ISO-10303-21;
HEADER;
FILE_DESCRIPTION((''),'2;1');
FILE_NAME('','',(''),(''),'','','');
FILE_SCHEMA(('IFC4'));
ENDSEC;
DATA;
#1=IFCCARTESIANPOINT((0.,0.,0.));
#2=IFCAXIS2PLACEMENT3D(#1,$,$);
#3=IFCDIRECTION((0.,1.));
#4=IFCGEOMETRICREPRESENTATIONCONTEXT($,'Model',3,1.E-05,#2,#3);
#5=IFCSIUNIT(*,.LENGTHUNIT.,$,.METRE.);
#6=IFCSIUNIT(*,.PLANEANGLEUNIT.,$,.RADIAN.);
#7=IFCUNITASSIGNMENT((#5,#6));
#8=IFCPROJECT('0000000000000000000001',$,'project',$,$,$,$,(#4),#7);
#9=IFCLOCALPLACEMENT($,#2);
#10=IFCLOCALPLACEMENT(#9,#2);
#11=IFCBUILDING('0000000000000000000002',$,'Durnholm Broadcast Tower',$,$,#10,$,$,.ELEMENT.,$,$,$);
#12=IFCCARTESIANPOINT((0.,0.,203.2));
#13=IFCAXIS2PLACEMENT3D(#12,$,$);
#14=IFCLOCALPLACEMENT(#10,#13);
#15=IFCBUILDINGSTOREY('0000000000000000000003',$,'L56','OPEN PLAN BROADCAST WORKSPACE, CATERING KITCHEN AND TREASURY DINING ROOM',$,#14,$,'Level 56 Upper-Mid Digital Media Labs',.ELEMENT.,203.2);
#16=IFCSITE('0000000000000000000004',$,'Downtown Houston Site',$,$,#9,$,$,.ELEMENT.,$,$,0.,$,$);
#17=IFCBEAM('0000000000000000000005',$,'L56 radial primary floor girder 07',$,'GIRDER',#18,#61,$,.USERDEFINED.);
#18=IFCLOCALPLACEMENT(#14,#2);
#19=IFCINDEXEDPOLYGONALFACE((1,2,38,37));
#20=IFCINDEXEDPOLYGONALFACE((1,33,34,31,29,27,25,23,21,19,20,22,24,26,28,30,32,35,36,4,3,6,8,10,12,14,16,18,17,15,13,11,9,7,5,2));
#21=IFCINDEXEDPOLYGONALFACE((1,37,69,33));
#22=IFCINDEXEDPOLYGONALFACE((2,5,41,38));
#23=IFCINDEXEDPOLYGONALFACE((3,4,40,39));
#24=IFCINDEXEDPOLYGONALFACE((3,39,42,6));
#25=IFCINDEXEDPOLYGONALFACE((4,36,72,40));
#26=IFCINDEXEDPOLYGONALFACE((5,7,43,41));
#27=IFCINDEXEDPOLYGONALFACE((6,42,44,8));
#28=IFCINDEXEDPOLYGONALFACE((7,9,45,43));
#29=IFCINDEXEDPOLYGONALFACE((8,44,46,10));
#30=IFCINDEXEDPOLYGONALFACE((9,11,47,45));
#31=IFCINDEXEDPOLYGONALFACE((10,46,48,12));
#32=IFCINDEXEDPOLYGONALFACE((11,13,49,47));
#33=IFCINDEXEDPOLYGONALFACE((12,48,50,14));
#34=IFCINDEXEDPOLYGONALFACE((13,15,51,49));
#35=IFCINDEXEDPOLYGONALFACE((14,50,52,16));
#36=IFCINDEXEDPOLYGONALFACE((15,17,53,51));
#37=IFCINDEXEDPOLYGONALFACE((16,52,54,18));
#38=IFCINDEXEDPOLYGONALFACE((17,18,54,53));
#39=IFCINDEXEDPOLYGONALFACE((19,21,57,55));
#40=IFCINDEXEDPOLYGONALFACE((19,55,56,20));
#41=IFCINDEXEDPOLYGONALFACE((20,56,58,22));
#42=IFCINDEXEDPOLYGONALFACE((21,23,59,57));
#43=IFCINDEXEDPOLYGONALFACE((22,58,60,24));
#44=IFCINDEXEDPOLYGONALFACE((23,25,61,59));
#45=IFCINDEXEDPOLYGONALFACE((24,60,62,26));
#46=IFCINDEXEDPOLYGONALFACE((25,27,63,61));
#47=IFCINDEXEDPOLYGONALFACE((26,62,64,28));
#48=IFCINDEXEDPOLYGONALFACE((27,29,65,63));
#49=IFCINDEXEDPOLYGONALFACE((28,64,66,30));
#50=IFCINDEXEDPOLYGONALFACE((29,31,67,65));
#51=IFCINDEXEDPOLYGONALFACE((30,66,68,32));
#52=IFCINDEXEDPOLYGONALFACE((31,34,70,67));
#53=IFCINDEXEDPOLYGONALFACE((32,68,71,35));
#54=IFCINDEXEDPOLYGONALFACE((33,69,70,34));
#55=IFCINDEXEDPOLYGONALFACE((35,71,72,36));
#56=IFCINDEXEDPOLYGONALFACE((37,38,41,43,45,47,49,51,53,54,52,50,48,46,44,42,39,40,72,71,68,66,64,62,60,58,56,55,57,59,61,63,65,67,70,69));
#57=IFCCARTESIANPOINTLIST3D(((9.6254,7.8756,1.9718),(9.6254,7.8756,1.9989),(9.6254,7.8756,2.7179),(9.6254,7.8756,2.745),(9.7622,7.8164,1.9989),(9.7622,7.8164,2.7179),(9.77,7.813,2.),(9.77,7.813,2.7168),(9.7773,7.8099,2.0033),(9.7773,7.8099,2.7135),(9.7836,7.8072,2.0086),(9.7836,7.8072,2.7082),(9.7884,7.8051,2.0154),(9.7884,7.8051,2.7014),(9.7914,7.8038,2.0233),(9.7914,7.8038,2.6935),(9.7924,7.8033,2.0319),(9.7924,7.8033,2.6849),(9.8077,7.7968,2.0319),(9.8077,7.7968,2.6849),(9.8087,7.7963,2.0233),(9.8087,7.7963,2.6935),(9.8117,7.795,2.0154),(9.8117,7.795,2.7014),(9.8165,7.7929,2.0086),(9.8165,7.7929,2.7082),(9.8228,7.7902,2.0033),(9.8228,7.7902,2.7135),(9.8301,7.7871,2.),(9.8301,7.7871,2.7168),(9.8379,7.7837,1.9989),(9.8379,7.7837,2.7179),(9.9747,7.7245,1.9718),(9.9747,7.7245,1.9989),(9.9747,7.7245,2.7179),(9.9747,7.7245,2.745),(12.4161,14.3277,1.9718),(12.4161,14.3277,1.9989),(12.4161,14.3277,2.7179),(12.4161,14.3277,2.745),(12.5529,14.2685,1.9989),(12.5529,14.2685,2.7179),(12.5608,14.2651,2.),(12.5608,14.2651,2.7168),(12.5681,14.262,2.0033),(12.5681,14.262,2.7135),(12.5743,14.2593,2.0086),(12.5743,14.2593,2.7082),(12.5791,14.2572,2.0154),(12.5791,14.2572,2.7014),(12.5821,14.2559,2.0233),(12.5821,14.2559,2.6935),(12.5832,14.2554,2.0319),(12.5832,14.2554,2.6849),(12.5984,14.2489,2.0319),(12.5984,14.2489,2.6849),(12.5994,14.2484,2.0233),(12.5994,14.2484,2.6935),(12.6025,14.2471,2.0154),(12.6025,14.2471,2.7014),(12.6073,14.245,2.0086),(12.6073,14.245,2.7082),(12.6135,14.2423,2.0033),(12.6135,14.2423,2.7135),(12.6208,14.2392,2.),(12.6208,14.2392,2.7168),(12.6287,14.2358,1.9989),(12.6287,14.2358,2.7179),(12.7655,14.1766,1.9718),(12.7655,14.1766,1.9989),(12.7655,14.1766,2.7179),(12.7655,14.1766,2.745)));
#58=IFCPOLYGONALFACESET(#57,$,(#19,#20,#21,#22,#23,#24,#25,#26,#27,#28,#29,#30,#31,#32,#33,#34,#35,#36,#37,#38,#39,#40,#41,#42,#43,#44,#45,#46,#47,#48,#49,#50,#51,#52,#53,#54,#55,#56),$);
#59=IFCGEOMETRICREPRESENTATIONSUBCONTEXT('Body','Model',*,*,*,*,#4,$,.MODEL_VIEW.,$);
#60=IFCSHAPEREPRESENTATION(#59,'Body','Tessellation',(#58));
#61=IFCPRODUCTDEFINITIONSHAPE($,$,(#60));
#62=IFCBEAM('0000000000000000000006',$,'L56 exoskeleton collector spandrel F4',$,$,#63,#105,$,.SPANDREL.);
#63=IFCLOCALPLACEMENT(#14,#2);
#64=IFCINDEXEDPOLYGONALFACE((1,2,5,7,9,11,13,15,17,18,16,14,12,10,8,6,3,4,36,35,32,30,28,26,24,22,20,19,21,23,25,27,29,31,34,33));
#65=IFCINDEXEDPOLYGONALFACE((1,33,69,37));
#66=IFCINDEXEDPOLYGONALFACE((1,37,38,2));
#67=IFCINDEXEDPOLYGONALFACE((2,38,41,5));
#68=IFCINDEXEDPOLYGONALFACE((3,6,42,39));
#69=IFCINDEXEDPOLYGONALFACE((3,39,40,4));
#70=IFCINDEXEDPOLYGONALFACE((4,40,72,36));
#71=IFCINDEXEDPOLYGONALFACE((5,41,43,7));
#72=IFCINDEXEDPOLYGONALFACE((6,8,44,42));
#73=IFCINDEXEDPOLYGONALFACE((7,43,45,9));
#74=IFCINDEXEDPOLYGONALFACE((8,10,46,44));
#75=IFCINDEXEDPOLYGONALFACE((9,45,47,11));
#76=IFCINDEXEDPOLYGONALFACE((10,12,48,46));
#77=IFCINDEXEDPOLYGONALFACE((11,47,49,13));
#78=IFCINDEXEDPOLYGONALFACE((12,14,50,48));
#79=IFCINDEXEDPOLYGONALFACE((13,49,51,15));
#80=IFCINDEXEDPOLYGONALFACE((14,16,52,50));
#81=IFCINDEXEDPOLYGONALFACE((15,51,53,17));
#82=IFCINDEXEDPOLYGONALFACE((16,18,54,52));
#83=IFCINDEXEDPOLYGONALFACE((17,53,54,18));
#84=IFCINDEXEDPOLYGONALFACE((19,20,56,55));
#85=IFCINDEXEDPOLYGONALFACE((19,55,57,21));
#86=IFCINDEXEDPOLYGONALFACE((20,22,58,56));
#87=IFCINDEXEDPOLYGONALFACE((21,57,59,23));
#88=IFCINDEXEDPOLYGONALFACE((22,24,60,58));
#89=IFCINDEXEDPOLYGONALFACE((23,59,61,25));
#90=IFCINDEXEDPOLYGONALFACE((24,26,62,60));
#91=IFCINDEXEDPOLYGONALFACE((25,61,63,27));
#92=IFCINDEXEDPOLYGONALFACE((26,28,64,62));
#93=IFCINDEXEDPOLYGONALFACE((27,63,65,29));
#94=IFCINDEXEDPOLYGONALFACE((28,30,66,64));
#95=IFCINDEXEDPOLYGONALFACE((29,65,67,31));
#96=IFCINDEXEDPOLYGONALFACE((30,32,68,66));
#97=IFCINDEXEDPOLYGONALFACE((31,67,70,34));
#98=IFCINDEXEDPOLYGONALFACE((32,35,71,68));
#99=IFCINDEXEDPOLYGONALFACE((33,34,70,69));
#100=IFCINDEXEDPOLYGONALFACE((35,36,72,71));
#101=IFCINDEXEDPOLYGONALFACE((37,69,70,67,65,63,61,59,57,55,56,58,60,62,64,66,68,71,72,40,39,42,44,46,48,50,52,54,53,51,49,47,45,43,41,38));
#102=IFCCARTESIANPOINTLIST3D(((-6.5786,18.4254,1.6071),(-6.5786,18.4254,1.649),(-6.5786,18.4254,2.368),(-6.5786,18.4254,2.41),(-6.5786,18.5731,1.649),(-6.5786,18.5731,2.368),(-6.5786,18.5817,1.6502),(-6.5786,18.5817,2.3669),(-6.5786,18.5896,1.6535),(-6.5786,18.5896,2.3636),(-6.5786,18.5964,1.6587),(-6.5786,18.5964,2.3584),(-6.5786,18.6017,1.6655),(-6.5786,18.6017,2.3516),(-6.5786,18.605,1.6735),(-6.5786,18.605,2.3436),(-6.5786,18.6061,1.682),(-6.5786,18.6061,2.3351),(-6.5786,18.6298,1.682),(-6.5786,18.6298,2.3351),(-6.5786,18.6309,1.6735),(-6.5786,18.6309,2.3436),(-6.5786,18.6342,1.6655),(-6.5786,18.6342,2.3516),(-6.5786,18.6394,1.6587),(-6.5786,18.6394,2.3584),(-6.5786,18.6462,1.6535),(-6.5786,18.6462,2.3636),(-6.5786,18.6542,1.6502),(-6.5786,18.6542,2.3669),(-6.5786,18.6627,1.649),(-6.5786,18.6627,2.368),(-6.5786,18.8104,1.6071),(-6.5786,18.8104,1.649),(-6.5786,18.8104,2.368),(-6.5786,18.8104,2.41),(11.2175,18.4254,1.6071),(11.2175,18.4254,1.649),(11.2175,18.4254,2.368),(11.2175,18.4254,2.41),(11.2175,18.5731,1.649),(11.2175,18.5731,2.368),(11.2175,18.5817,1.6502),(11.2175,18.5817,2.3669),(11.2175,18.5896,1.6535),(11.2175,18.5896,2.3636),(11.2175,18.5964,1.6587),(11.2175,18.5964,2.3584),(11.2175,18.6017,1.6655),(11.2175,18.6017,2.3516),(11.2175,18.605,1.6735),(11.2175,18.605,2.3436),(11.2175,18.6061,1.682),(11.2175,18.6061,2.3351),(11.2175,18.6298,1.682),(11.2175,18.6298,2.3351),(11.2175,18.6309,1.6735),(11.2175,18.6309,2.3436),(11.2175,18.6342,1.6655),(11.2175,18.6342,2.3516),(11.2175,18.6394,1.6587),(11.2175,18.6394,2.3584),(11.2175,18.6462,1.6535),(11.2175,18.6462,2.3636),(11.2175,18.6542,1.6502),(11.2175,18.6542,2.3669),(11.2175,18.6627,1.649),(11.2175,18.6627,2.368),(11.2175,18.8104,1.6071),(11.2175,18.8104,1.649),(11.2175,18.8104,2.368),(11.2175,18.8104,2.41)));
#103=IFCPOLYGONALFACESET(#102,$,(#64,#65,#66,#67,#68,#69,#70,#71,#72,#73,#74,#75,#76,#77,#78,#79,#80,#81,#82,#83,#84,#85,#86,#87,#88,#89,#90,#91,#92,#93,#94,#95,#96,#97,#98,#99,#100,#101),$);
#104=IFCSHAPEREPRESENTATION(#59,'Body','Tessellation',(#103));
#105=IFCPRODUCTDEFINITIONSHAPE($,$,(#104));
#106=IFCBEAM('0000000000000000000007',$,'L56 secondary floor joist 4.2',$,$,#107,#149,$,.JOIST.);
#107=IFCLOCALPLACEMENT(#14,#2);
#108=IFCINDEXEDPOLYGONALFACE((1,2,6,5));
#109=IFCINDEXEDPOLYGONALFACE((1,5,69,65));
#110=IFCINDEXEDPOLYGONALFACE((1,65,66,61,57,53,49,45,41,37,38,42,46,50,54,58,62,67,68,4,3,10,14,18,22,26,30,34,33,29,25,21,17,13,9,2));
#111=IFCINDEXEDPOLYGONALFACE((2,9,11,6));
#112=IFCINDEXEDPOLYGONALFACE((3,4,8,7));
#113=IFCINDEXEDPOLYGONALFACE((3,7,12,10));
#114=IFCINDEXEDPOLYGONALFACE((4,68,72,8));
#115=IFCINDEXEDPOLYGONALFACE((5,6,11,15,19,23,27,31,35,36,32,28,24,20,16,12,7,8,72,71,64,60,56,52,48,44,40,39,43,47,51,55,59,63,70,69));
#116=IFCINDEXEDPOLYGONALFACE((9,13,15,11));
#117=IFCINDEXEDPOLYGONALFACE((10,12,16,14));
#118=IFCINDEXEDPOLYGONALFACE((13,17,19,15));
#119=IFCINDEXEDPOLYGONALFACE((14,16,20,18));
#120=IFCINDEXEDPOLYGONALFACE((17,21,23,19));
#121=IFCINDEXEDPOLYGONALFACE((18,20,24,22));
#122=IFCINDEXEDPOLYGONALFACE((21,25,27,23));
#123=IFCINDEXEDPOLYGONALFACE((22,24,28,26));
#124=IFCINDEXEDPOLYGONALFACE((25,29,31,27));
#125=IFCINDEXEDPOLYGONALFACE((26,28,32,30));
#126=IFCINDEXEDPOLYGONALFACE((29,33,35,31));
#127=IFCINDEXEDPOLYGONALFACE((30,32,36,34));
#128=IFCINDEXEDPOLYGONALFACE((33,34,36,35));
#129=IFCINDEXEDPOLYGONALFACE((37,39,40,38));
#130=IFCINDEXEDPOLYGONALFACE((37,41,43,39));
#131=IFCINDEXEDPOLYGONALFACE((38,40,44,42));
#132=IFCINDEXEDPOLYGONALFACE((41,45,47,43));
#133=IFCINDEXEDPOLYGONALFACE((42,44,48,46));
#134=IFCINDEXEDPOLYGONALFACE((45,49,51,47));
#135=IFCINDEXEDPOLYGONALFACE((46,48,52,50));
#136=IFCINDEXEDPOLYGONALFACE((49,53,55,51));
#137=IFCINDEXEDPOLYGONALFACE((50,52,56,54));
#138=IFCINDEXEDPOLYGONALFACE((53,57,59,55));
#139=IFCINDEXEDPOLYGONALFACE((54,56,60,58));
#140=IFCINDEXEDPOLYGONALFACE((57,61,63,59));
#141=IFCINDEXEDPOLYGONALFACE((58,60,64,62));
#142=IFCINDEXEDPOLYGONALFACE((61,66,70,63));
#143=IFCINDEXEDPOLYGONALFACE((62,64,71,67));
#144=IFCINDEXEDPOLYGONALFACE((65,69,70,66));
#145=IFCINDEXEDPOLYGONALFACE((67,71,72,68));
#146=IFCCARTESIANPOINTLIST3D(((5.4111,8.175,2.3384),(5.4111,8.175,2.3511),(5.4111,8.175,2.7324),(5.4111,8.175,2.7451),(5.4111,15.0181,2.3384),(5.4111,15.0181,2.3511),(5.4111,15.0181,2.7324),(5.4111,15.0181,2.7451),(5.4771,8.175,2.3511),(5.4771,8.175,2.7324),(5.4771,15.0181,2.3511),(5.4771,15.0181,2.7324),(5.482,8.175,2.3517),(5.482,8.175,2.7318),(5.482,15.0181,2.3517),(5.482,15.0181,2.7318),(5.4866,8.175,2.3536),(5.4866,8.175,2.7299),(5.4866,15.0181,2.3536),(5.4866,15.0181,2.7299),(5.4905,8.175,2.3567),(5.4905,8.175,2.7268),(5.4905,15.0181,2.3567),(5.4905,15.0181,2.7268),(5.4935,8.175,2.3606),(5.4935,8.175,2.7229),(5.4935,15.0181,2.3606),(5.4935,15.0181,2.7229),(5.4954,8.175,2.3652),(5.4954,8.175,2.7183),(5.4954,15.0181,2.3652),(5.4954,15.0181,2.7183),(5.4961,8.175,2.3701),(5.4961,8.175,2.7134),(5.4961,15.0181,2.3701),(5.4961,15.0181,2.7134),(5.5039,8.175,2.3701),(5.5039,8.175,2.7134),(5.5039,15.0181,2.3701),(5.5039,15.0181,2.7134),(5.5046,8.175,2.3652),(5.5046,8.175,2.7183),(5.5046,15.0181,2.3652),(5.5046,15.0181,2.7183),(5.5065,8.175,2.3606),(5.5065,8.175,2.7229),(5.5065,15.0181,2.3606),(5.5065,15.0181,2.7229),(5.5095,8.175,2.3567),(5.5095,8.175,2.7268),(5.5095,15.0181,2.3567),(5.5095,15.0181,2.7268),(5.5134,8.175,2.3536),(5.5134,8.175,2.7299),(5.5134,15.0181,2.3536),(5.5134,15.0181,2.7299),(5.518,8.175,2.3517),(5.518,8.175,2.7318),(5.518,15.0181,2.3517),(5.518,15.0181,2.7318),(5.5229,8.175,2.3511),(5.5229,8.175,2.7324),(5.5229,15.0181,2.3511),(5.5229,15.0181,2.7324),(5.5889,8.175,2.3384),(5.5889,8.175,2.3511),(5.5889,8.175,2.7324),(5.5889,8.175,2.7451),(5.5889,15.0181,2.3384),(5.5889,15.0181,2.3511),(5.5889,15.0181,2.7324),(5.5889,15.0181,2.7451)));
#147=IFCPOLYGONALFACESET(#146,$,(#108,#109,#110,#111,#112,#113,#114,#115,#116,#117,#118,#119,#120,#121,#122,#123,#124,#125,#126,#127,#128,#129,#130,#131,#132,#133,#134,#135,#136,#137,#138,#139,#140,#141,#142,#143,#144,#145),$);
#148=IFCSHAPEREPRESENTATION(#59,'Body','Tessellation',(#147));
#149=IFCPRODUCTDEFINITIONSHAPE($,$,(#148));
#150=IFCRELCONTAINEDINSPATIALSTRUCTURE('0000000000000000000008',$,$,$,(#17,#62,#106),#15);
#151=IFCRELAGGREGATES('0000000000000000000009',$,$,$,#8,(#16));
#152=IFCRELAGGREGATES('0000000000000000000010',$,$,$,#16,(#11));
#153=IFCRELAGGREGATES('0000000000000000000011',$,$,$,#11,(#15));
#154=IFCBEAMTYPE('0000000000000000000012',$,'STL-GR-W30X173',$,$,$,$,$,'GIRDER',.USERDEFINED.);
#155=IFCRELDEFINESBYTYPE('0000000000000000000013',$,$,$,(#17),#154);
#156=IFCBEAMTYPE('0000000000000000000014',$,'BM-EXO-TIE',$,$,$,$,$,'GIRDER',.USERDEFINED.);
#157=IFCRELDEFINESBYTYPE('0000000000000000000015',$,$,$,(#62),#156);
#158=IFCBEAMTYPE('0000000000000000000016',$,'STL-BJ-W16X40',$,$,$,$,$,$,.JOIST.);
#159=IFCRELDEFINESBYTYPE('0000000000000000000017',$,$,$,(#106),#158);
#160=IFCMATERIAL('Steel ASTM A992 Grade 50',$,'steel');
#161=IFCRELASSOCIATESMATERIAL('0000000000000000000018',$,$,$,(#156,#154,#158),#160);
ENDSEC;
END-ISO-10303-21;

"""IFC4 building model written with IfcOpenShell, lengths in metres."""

from ifc_helpers import new_model, si_unit, direction, frame, origin, origin_2d, place, context, subcontext, project, spatial, i_section, extrude, source, transform, mapped, material, material_profile, profile_set, type_object, type_shapes, element, save


model = new_model("IFC4")

# Units and contexts
model_context = context("Model", 3, precision=1e-05, world=origin(), true_north=direction((0.0, 1.0)))
body_context = subcontext(model_context, "Body", "Model", "MODEL_VIEW")
ifc_project = project(units=[si_unit("LENGTHUNIT", "METRE"), si_unit("PLANEANGLEUNIT", "RADIAN")], contexts=[model_context])

# Site, building, storey
site_placement = place(None, origin())
site = spatial("IfcSite", under=ifc_project, at=site_placement, Name="Downtown Houston Site", CompositionType="ELEMENT", RefElevation=0.0)
building_placement = place(site_placement, origin())
building = spatial("IfcBuilding", under=site, at=building_placement, Name="Durnholm Broadcast Tower", CompositionType="ELEMENT")
storey_placement = place(building_placement, frame((0.0, 0.0, 203.2)))
storey = spatial("IfcBuildingStorey", under=building, at=storey_placement, Name="L56", Description="OPEN PLAN BROADCAST WORKSPACE, CATERING KITCHEN AND TREASURY DINING ROOM", LongName="Level 56 Upper-Mid Digital Media Labs", CompositionType="ELEMENT", Elevation=203.2)

# Beams
ifc_material_1 = material(Name="Steel ASTM A992 Grade 50", Category="steel")
ifc_material_profile_1 = material_profile(ifc_material_1, i_section(OverallWidth=0.385, OverallDepth=0.803, WebThickness=0.0237, FlangeThickness=0.042, FilletRadius=0.033, at=origin_2d()), Name="W30X261")
ifc_profile_set_1 = profile_set([ifc_material_profile_1], Name="Steel ASTM A992 Grade 50")
beam_type_1 = type_object("IfcBeamType", Name="BM-EXO-TIE", ElementType="GIRDER", PredefinedType="USERDEFINED", material=ifc_profile_set_1)
ifc_material_profile_2 = material_profile(ifc_material_1, i_section(OverallWidth=0.3806, OverallDepth=0.7732, WebThickness=0.0166, FlangeThickness=0.0271, FilletRadius=0.033, at=origin_2d()), Name="W30X173")
ifc_profile_set_2 = profile_set([ifc_material_profile_2], Name="Steel ASTM A992 Grade 50")
beam_type_2 = type_object("IfcBeamType", Name="STL-GR-W30X173", ElementType="GIRDER", PredefinedType="USERDEFINED", material=ifc_profile_set_2)
shared_shape_1 = source(origin(), body_context, "Body", "SweptSolid", [
    extrude(i_section(OverallWidth=0.3806, OverallDepth=0.7732, WebThickness=0.0166, FlangeThickness=0.0271, FilletRadius=0.033, at=origin_2d()), origin(), (0.0, 0.0, 1.0), 7.0298),
])
beam_1_placement = place(storey_placement, frame((9.8, 7.8, 2.3584), z_axis=(0.396989, 0.917823, 0.0), x_axis=(-0.917823, 0.396989, 0.0)))
element("IfcBeam", 1, at=beam_1_placement, inside=storey, type_object=beam_type_2, Name="L56 radial primary floor girder 07", ObjectType="GIRDER", PredefinedType="USERDEFINED", context=body_context, shape_type="MappedRepresentation", body=[
    mapped(shared_shape_1, transform((0.0, 0.0, 0.0), x_axis=(1.0, 0.0, 0.0), y_axis=(0.0, 1.0, 0.0), z_axis=(0.0, 0.0, 1.0), scale=1.0)),
])
shared_shape_2 = source(origin(), body_context, "Body", "SweptSolid", [
    extrude(i_section(OverallWidth=0.385, OverallDepth=0.803, WebThickness=0.0237, FlangeThickness=0.042, FilletRadius=0.033, at=origin_2d()), origin(), (0.0, 0.0, 1.0), 17.7961),
])
beam_2_placement = place(storey_placement, frame((11.2175, 18.6179, 2.0085), z_axis=(-1.0, 0.0, 0.0), x_axis=(0.0, -1.0, 0.0)))
element("IfcBeam", 2, at=beam_2_placement, inside=storey, type_object=beam_type_1, Name="L56 exoskeleton collector spandrel F4", PredefinedType="SPANDREL", context=body_context, shape_type="MappedRepresentation", body=[
    mapped(shared_shape_2, transform((0.0, 0.0, 0.0), x_axis=(1.0, 0.0, 0.0), y_axis=(0.0, 1.0, 0.0), z_axis=(0.0, 0.0, 1.0), scale=1.0)),
])
ifc_material_profile_3 = material_profile(ifc_material_1, i_section(OverallWidth=0.1777, OverallDepth=0.4067, WebThickness=0.0078, FlangeThickness=0.0127, FilletRadius=0.019, at=origin_2d()), Name="W16X40")
ifc_profile_set_3 = profile_set([ifc_material_profile_3], Name="Steel ASTM A992 Grade 50")
beam_type_3 = type_object("IfcBeamType", Name="STL-BJ-W16X40", PredefinedType="JOIST", material=ifc_profile_set_3)
shared_shape_3 = source(origin(), body_context, "Body", "SweptSolid", [
    extrude(i_section(OverallWidth=0.1777, OverallDepth=0.4067, WebThickness=0.0078, FlangeThickness=0.0127, FilletRadius=0.019, at=origin_2d()), origin(), (0.0, 0.0, 1.0), 6.843),
])
type_shapes(beam_type_3, [shared_shape_3])
beam_3_placement = place(storey_placement, frame((5.5, 8.175, 2.5417), z_axis=(0.0, 1.0, 0.0), x_axis=(-1.0, 0.0, 0.0)))
element("IfcBeam", 3, at=beam_3_placement, inside=storey, type_object=beam_type_3, Name="L56 secondary floor joist 4.2", PredefinedType="JOIST", context=body_context, shape_type="MappedRepresentation", body=[
    mapped(shared_shape_3, transform((0.0, 0.0, 0.0), x_axis=(1.0, 0.0, 0.0), y_axis=(0.0, 1.0, 0.0), z_axis=(0.0, 0.0, 1.0), scale=1.0)),
])

save(model, "model.ifc")
